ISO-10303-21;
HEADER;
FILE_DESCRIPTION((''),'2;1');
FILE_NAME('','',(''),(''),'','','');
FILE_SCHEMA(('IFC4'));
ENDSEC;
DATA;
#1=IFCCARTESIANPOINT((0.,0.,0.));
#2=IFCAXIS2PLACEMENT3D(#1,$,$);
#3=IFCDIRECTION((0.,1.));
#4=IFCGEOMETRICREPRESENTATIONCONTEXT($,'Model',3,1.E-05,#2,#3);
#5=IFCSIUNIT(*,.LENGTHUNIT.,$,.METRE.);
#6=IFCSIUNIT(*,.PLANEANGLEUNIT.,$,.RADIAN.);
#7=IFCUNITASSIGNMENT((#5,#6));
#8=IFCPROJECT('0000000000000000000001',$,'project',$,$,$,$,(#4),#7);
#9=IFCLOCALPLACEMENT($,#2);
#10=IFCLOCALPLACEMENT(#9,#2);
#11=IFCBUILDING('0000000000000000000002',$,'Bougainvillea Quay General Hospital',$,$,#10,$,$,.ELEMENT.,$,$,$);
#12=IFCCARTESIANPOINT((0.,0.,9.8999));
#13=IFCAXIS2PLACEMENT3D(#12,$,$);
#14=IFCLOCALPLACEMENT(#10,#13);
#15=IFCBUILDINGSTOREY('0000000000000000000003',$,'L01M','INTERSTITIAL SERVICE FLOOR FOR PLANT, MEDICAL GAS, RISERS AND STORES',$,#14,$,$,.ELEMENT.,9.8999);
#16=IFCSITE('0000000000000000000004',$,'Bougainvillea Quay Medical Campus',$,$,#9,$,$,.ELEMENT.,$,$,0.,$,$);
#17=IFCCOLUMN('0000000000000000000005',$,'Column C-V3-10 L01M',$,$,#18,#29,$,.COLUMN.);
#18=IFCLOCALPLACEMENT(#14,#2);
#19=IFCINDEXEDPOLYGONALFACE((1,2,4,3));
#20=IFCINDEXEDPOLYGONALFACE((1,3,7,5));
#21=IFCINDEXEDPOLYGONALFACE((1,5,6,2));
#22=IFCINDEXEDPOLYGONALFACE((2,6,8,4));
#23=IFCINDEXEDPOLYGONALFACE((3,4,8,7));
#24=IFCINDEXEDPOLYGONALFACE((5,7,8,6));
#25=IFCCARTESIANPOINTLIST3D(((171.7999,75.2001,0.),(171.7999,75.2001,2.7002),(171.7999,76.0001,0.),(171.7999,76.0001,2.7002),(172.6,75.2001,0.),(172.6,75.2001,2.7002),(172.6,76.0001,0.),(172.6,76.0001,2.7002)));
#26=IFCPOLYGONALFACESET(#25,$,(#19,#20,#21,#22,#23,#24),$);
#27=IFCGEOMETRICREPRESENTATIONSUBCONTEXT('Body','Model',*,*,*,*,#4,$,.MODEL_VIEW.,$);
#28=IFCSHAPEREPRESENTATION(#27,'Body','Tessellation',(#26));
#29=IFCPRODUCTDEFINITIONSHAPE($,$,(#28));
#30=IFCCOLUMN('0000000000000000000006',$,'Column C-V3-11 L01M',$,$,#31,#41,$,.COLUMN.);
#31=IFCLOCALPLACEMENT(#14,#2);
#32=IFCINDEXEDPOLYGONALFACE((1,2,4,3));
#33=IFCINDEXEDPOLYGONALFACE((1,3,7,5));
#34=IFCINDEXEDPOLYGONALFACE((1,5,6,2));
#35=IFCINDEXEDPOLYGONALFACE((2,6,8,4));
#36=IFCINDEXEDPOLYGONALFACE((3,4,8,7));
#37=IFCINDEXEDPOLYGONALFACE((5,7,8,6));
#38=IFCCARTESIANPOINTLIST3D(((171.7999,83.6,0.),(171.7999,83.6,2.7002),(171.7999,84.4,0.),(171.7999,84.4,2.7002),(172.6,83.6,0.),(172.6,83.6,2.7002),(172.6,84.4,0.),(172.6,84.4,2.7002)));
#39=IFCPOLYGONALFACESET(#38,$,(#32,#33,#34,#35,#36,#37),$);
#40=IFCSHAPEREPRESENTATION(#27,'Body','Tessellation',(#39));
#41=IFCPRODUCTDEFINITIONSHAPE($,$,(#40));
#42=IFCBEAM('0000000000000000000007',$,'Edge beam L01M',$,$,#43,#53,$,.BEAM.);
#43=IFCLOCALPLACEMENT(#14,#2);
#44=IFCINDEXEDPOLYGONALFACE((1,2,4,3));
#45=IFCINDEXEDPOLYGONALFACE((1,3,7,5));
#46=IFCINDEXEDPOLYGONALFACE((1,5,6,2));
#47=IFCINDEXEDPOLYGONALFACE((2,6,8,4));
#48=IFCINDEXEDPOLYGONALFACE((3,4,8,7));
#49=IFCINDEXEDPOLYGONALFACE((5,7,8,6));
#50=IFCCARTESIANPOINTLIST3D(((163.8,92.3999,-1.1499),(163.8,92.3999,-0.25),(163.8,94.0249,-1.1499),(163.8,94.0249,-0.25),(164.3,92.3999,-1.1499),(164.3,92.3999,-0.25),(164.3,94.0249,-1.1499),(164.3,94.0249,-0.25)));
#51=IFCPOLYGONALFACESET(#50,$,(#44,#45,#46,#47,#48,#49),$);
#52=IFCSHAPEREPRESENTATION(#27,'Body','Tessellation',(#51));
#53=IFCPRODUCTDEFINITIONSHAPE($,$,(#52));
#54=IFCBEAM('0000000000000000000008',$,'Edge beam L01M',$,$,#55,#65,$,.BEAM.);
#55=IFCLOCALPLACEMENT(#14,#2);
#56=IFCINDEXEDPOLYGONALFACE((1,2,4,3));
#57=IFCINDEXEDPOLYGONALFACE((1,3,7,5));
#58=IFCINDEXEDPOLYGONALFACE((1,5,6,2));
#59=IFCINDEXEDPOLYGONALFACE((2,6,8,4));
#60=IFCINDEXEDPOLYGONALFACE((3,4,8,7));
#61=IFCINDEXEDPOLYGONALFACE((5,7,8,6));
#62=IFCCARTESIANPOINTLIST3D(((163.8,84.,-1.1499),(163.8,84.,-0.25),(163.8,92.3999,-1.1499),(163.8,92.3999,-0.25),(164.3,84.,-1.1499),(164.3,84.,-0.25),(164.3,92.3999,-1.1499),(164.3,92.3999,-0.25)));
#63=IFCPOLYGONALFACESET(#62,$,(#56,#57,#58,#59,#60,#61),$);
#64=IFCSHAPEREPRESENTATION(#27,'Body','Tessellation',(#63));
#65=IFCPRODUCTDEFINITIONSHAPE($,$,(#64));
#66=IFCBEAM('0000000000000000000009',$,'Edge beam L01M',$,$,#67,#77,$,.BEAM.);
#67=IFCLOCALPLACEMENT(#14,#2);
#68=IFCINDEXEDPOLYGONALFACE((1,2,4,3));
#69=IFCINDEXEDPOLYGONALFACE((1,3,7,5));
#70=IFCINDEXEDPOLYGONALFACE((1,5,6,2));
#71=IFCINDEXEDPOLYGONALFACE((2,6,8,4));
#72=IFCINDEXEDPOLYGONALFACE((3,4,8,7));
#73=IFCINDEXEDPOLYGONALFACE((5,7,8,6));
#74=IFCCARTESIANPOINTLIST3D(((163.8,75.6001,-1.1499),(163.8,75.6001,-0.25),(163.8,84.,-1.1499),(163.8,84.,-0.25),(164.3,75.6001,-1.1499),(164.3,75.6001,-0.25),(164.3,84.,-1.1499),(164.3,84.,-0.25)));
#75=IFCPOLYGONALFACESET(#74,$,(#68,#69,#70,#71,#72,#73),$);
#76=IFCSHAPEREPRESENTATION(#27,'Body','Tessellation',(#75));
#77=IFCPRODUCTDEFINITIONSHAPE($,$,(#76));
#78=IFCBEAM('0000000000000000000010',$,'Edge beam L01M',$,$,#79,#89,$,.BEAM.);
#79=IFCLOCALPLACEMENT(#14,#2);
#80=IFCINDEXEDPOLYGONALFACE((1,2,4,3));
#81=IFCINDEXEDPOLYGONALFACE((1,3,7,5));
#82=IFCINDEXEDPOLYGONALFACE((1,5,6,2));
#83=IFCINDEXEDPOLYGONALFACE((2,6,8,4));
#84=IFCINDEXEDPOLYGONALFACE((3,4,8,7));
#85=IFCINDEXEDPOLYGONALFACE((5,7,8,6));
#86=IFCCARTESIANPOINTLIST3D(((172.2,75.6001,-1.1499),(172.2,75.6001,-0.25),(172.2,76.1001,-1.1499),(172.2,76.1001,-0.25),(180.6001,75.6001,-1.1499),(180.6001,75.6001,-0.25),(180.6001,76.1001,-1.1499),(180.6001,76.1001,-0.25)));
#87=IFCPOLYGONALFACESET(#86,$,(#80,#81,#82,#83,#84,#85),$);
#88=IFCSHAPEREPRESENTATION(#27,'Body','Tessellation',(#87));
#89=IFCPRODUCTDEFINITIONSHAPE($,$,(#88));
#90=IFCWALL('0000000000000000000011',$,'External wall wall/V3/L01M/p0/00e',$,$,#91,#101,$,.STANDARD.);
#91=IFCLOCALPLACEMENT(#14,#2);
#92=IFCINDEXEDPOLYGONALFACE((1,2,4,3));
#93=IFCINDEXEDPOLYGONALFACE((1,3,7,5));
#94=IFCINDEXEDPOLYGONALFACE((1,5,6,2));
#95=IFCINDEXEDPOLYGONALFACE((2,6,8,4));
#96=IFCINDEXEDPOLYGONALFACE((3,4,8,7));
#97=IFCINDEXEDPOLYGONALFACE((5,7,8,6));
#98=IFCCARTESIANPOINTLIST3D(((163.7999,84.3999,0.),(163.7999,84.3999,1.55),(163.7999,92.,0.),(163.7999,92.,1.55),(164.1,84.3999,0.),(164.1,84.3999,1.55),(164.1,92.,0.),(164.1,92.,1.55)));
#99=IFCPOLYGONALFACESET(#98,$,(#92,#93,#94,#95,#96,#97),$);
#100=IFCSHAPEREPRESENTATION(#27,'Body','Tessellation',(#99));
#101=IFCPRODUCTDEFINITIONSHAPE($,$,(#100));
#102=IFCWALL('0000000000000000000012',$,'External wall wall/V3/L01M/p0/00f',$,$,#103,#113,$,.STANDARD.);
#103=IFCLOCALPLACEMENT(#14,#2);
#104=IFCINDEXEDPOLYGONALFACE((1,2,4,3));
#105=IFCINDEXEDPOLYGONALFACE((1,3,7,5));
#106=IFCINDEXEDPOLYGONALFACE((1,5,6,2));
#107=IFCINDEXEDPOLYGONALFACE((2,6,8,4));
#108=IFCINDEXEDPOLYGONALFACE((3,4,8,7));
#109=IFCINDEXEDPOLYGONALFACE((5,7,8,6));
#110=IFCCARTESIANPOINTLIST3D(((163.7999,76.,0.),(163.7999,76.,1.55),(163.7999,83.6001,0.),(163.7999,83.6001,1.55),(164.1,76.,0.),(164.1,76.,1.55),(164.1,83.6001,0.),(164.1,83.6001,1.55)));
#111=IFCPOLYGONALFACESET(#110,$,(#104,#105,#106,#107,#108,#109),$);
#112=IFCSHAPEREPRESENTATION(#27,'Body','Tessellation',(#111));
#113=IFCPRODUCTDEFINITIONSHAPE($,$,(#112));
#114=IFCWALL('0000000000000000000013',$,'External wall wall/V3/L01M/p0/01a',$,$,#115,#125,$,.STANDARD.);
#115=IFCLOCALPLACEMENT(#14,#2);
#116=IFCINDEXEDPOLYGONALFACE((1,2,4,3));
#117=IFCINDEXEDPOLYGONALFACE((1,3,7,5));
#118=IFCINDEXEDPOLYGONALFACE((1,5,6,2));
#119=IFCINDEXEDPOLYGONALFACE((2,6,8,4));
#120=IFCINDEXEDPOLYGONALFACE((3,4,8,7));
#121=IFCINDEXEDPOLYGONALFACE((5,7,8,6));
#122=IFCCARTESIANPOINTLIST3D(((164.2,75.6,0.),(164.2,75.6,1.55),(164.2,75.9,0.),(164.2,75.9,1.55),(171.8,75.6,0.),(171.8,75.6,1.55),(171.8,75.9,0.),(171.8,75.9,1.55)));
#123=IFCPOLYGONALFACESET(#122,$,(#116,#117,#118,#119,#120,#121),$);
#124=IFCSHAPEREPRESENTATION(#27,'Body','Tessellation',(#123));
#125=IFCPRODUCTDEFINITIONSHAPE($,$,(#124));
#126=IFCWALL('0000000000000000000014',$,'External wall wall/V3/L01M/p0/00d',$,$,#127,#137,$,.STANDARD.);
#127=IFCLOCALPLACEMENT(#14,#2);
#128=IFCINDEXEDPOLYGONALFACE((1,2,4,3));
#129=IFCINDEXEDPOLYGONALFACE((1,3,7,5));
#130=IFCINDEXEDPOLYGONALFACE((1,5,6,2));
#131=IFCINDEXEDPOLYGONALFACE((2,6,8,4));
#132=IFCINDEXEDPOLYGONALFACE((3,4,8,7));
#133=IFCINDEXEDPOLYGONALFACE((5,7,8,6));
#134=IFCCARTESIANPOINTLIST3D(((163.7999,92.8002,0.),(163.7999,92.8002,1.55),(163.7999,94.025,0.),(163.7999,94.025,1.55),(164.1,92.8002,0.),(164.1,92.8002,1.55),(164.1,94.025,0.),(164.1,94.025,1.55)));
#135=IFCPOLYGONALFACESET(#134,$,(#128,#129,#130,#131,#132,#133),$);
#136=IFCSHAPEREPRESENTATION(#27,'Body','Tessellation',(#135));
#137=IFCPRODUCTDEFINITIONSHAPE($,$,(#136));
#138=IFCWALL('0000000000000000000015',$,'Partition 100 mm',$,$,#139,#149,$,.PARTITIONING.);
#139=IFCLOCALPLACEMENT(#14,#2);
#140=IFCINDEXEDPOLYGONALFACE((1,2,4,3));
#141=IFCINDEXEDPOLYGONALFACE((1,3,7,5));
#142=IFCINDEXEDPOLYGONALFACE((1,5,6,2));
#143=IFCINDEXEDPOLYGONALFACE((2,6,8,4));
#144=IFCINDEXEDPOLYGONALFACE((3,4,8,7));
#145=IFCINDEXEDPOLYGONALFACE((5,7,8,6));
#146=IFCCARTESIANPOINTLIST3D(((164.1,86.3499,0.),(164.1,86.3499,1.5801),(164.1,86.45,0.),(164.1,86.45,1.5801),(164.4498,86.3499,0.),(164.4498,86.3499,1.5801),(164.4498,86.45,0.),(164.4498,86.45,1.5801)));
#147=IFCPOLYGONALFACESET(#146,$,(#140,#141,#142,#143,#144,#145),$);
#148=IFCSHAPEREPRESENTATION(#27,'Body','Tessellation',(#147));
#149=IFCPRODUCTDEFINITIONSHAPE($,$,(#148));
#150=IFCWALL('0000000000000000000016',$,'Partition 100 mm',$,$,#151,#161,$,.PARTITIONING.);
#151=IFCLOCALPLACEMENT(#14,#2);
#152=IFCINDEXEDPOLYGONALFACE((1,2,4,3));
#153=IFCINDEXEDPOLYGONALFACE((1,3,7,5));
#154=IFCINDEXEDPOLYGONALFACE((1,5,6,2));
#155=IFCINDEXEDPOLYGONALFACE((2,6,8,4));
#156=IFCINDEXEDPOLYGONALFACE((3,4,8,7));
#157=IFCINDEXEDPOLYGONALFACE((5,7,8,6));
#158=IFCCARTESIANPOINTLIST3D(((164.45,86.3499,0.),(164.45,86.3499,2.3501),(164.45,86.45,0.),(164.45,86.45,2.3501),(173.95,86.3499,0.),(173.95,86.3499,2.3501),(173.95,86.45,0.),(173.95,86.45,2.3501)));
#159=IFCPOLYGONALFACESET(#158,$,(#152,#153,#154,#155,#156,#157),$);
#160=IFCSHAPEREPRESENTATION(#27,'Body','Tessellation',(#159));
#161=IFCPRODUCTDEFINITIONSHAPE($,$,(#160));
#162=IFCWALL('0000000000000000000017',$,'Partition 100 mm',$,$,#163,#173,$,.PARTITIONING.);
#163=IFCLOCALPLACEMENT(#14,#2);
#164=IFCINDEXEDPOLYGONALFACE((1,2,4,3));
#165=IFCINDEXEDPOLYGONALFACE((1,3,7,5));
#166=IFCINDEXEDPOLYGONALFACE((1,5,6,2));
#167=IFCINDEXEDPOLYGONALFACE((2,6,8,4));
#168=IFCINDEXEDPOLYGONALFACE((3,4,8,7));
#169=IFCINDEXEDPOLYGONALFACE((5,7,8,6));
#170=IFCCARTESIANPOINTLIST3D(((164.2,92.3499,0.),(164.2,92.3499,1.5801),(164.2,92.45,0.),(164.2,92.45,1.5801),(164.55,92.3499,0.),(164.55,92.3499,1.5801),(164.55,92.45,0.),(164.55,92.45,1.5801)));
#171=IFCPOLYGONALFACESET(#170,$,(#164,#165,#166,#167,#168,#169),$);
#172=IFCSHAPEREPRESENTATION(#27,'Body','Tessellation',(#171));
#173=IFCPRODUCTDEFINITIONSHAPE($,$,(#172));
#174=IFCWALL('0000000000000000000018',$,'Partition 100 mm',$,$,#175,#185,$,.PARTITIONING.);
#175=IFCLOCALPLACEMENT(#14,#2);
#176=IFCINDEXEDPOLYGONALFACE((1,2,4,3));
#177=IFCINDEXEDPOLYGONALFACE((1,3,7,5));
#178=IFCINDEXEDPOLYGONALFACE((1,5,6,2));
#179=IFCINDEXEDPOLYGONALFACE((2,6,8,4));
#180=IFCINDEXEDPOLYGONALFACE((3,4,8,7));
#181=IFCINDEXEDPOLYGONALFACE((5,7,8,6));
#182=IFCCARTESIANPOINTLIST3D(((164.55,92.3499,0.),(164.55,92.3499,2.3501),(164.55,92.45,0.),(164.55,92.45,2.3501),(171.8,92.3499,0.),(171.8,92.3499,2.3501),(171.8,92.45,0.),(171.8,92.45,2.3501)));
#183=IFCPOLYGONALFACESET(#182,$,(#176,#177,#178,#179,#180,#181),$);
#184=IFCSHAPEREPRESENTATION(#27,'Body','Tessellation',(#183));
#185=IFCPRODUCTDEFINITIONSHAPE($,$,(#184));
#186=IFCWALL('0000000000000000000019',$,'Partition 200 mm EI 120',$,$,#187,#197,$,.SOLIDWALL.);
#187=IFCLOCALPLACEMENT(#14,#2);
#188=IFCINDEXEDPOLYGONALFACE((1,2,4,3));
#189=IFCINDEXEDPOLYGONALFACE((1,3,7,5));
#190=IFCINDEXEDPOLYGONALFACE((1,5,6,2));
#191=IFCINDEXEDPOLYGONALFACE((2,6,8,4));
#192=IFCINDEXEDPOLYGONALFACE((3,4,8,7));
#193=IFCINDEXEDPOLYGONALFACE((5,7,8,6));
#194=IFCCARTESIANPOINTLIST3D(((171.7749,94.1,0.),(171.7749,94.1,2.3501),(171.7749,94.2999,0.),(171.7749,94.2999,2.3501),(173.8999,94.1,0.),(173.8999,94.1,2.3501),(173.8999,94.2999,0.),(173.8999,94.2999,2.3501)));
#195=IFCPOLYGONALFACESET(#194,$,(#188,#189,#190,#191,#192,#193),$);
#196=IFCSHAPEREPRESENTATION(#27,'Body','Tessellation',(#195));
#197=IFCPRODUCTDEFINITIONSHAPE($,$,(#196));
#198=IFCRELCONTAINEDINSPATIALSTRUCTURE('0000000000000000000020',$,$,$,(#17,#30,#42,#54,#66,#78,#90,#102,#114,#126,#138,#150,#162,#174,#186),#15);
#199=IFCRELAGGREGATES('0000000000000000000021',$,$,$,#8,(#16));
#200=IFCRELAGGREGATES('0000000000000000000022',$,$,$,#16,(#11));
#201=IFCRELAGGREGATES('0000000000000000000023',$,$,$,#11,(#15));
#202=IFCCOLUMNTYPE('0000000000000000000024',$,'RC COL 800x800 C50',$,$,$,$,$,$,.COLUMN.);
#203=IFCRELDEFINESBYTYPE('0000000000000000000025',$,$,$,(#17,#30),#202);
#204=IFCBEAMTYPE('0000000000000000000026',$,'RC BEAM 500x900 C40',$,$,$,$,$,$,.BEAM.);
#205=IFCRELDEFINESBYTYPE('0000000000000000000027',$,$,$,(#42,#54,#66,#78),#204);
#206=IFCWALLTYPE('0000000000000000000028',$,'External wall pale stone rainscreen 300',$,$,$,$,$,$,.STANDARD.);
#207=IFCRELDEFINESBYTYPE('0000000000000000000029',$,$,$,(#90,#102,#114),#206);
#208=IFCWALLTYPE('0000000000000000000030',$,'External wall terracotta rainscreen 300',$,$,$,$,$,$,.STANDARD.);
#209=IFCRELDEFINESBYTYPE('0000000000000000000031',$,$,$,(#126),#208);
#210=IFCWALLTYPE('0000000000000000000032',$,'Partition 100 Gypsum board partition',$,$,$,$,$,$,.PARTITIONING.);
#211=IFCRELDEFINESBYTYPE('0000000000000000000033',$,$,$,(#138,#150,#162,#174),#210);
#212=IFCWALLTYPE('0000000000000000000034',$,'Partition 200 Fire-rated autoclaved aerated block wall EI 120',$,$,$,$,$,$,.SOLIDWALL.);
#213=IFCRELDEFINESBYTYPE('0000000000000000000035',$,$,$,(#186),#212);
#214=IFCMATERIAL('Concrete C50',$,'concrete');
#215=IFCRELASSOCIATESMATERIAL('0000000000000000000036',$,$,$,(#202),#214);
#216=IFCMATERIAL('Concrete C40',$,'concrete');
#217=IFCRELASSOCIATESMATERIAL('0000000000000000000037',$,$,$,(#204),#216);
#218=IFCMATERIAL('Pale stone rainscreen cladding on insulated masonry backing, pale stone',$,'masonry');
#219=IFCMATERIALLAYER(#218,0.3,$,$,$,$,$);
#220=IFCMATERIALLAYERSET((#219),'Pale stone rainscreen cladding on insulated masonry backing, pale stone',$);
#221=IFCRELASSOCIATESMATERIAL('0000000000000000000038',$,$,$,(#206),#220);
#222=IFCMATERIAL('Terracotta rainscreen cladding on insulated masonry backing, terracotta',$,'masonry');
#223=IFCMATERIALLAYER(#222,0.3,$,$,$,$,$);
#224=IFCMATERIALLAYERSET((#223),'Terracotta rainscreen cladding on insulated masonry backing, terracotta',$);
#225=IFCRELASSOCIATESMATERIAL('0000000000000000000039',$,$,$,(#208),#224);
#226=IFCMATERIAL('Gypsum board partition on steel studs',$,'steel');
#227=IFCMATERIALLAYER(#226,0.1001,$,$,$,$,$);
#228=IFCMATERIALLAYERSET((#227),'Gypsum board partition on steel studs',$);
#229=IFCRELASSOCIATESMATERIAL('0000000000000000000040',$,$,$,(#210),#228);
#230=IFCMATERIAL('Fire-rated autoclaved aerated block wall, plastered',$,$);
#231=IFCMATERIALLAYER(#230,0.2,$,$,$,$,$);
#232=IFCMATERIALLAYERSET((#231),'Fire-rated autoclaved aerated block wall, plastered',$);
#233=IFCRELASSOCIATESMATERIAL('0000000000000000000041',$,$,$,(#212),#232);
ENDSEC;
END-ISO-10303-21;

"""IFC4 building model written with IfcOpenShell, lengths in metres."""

from ifc_helpers import new_model, si_unit, direction, frame, frame_2d, origin, origin_2d, place, context, subcontext, project, spatial, rectangle, extrude, material, layer, layer_set, material_profile, profile_set, type_object, element, save


model = new_model("IFC4")

# Units and contexts
model_context = context("Model", 3, precision=1e-05, world=origin(), true_north=direction((0.0, 1.0)))
body_context = subcontext(model_context, "Body", "Model", "MODEL_VIEW")
ifc_project = project(units=[si_unit("LENGTHUNIT", "METRE"), si_unit("PLANEANGLEUNIT", "RADIAN")], contexts=[model_context])

# Site, building, storey
site_placement = place(None, origin())
site = spatial("IfcSite", under=ifc_project, at=site_placement, Name="Bougainvillea Quay Medical Campus", CompositionType="ELEMENT", RefElevation=0.0)
building_placement = place(site_placement, origin())
building = spatial("IfcBuilding", under=site, at=building_placement, Name="Bougainvillea Quay General Hospital", CompositionType="ELEMENT")
storey_placement = place(building_placement, frame((0.0, 0.0, 9.8999)))
storey = spatial("IfcBuildingStorey", under=building, at=storey_placement, Name="L01M", Description="INTERSTITIAL SERVICE FLOOR FOR PLANT, MEDICAL GAS, RISERS AND STORES", CompositionType="ELEMENT", Elevation=9.8999)

# Columns
ifc_material_1 = material(Name="Concrete C50", Category="concrete")
ifc_material_profile_1 = material_profile(ifc_material_1, rectangle(XDim=0.8, YDim=0.8, at=origin_2d()))
ifc_profile_set_1 = profile_set([ifc_material_profile_1], Name="Concrete C50")
column_type = type_object("IfcColumnType", Name="RC COL 800x800 C50", PredefinedType="COLUMN", material=ifc_profile_set_1)
for number, where, z_axis, x_axis, name in (
    (1, (172.2, 75.6001, 0.0), (0.0, 0.0, 1.0), (1.0, 0.0, 0.0), "Column C-V3-10 L01M"),
    (2, (172.2, 84.0, 0.0), (0.0, 0.0, 1.0), (1.0, 0.0, 0.0), "Column C-V3-11 L01M"),
):
    element("IfcColumn", number, at=place(storey_placement, frame(where, z_axis=z_axis, x_axis=x_axis)), inside=storey, type_object=column_type, Name=name, PredefinedType="COLUMN", context=body_context, shape_type="SweptSolid", body=[
        extrude(rectangle(XDim=0.8, YDim=0.8, at=origin_2d()), origin(), (0.0, 0.0, 1.0), 2.7002),
    ])

# Beams
ifc_material_2 = material(Name="Concrete C40", Category="concrete")
ifc_material_profile_2 = material_profile(ifc_material_2, rectangle(XDim=0.5, YDim=0.8999, at=origin_2d()))
ifc_profile_set_2 = profile_set([ifc_material_profile_2], Name="Concrete C40")
beam_type = type_object("IfcBeamType", Name="RC BEAM 500x900 C40", PredefinedType="BEAM", material=ifc_profile_set_2)
beam_1_placement = place(storey_placement, frame((164.05, 94.0249, -0.7), z_axis=(0.0, -1.0, 0.0), x_axis=(1.0, 0.0, 0.0)))
element("IfcBeam", 3, at=beam_1_placement, inside=storey, type_object=beam_type, Name="Edge beam L01M", PredefinedType="BEAM", context=body_context, shape_type="SweptSolid", body=[
    extrude(rectangle(XDim=0.5, YDim=0.8999, at=origin_2d()), origin(), (0.0, 0.0, 1.0), 1.625),
])
for number, where, z_axis, x_axis, name in (
    (4, (164.05, 92.3999, -0.7), (0.0, -1.0, 0.0), (1.0, 0.0, 0.0), "Edge beam L01M"),
    (5, (164.05, 84.0, -0.7), (0.0, -1.0, 0.0), (1.0, 0.0, 0.0), "Edge beam L01M"),
):
    element("IfcBeam", number, at=place(storey_placement, frame(where, z_axis=z_axis, x_axis=x_axis)), inside=storey, type_object=beam_type, Name=name, PredefinedType="BEAM", context=body_context, shape_type="SweptSolid", body=[
        extrude(rectangle(XDim=0.5, YDim=0.8999, at=origin_2d()), origin(), (0.0, 0.0, 1.0), 8.3999),
    ])
beam_2_placement = place(storey_placement, frame((172.2, 75.8501, -0.7), z_axis=(1.0, 0.0, 0.0), x_axis=(0.0, 1.0, 0.0)))
element("IfcBeam", 6, at=beam_2_placement, inside=storey, type_object=beam_type, Name="Edge beam L01M", PredefinedType="BEAM", context=body_context, shape_type="SweptSolid", body=[
    extrude(rectangle(XDim=0.5, YDim=0.8999, at=origin_2d()), origin(), (0.0, 0.0, 1.0), 8.4001),
])

# Walls
ifc_material_3 = material(Name="Pale stone rainscreen cladding on insulated masonry backing, pale stone", Category="masonry")
ifc_layer_1 = layer(ifc_material_3, 0.3)
ifc_layer_set_1 = layer_set([ifc_layer_1], Name="Pale stone rainscreen cladding on insulated masonry backing, pale stone")
wall_type_1 = type_object("IfcWallType", Name="External wall pale stone rainscreen 300", PredefinedType="STANDARD", material=ifc_layer_set_1)
for number, where, z_axis, x_axis, name in (
    (7, (163.95, 92.0, 0.0), (0.0, 0.0, 1.0), (0.0, -1.0, 0.0), "External wall wall/V3/L01M/p0/00e"),
    (8, (163.95, 83.6001, 0.0), (0.0, 0.0, 1.0), (0.0, -1.0, 0.0), "External wall wall/V3/L01M/p0/00f"),
    (9, (164.2, 75.75, 0.0), (0.0, 0.0, 1.0), (1.0, 0.0, 0.0), "External wall wall/V3/L01M/p0/01a"),
):
    element("IfcWall", number, at=place(storey_placement, frame(where, z_axis=z_axis, x_axis=x_axis)), inside=storey, type_object=wall_type_1, Name=name, PredefinedType="STANDARD", context=body_context, shape_type="SweptSolid", body=[
        extrude(rectangle(XDim=7.6001, YDim=0.3, at=frame_2d((3.8, 0.0))), origin(), (0.0, 0.0, 1.0), 1.55),
    ])
ifc_material_4 = material(Name="Terracotta rainscreen cladding on insulated masonry backing, terracotta", Category="masonry")
ifc_layer_2 = layer(ifc_material_4, 0.3)
ifc_layer_set_2 = layer_set([ifc_layer_2], Name="Terracotta rainscreen cladding on insulated masonry backing, terracotta")
wall_type_2 = type_object("IfcWallType", Name="External wall terracotta rainscreen 300", PredefinedType="STANDARD", material=ifc_layer_set_2)
wall_1_placement = place(storey_placement, frame((163.95, 94.0249, 0.0), z_axis=(0.0, 0.0, 1.0), x_axis=(0.0, -1.0, 0.0)))
element("IfcWall", 10, at=wall_1_placement, inside=storey, type_object=wall_type_2, Name="External wall wall/V3/L01M/p0/00d", PredefinedType="STANDARD", context=body_context, shape_type="SweptSolid", body=[
    extrude(rectangle(XDim=1.2249, YDim=0.3, at=frame_2d((0.6123, 0.0))), origin(), (0.0, 0.0, 1.0), 1.55),
])
ifc_material_5 = material(Name="Gypsum board partition on steel studs", Category="steel")
ifc_layer_3 = layer(ifc_material_5, 0.1001)
ifc_layer_set_3 = layer_set([ifc_layer_3], Name="Gypsum board partition on steel studs")
wall_type_3 = type_object("IfcWallType", Name="Partition 100 Gypsum board partition", PredefinedType="PARTITIONING", material=ifc_layer_set_3)
wall_2_placement = place(storey_placement, frame((164.1001, 86.3999, 0.0), z_axis=(0.0, 0.0, 1.0), x_axis=(1.0, 0.0, 0.0)))
element("IfcWall", 11, at=wall_2_placement, inside=storey, type_object=wall_type_3, Name="Partition 100 mm", PredefinedType="PARTITIONING", context=body_context, shape_type="SweptSolid", body=[
    extrude(rectangle(XDim=0.3499, YDim=0.1001, at=frame_2d((0.1748, 0.0))), origin(), (0.0, 0.0, 1.0), 1.5801),
])
wall_3_placement = place(storey_placement, frame((164.45, 86.3999, 0.0), z_axis=(0.0, 0.0, 1.0), x_axis=(1.0, 0.0, 0.0)))
element("IfcWall", 12, at=wall_3_placement, inside=storey, type_object=wall_type_3, Name="Partition 100 mm", PredefinedType="PARTITIONING", context=body_context, shape_type="SweptSolid", body=[
    extrude(rectangle(XDim=9.5, YDim=0.1001, at=frame_2d((4.75, 0.0))), origin(), (0.0, 0.0, 1.0), 2.3501),
])
wall_4_placement = place(storey_placement, frame((164.2, 92.3999, 0.0), z_axis=(0.0, 0.0, 1.0), x_axis=(1.0, 0.0, 0.0)))
element("IfcWall", 13, at=wall_4_placement, inside=storey, type_object=wall_type_3, Name="Partition 100 mm", PredefinedType="PARTITIONING", context=body_context, shape_type="SweptSolid", body=[
    extrude(rectangle(XDim=0.3501, YDim=0.1001, at=frame_2d((0.175, 0.0))), origin(), (0.0, 0.0, 1.0), 1.5801),
])
wall_5_placement = place(storey_placement, frame((164.55, 92.3999, 0.0), z_axis=(0.0, 0.0, 1.0), x_axis=(1.0, 0.0, 0.0)))
element("IfcWall", 14, at=wall_5_placement, inside=storey, type_object=wall_type_3, Name="Partition 100 mm", PredefinedType="PARTITIONING", context=body_context, shape_type="SweptSolid", body=[
    extrude(rectangle(XDim=7.25, YDim=0.1001, at=frame_2d((3.625, 0.0))), origin(), (0.0, 0.0, 1.0), 2.3501),
])
ifc_material_6 = material(Name="Fire-rated autoclaved aerated block wall, plastered")
ifc_layer_4 = layer(ifc_material_6, 0.2)
ifc_layer_set_4 = layer_set([ifc_layer_4], Name="Fire-rated autoclaved aerated block wall, plastered")
wall_type_4 = type_object("IfcWallType", Name="Partition 200 Fire-rated autoclaved aerated block wall EI 120", PredefinedType="SOLIDWALL", material=ifc_layer_set_4)
wall_6_placement = place(storey_placement, frame((171.7749, 94.2, 0.0), z_axis=(0.0, 0.0, 1.0), x_axis=(1.0, 0.0, 0.0)))
element("IfcWall", 15, at=wall_6_placement, inside=storey, type_object=wall_type_4, Name="Partition 200 mm EI 120", PredefinedType="SOLIDWALL", context=body_context, shape_type="SweptSolid", body=[
    extrude(rectangle(XDim=2.125, YDim=0.2, at=frame_2d((1.0625, 0.0))), origin(), (0.0, 0.0, 1.0), 2.3501),
])

save(model, "model.ifc")
